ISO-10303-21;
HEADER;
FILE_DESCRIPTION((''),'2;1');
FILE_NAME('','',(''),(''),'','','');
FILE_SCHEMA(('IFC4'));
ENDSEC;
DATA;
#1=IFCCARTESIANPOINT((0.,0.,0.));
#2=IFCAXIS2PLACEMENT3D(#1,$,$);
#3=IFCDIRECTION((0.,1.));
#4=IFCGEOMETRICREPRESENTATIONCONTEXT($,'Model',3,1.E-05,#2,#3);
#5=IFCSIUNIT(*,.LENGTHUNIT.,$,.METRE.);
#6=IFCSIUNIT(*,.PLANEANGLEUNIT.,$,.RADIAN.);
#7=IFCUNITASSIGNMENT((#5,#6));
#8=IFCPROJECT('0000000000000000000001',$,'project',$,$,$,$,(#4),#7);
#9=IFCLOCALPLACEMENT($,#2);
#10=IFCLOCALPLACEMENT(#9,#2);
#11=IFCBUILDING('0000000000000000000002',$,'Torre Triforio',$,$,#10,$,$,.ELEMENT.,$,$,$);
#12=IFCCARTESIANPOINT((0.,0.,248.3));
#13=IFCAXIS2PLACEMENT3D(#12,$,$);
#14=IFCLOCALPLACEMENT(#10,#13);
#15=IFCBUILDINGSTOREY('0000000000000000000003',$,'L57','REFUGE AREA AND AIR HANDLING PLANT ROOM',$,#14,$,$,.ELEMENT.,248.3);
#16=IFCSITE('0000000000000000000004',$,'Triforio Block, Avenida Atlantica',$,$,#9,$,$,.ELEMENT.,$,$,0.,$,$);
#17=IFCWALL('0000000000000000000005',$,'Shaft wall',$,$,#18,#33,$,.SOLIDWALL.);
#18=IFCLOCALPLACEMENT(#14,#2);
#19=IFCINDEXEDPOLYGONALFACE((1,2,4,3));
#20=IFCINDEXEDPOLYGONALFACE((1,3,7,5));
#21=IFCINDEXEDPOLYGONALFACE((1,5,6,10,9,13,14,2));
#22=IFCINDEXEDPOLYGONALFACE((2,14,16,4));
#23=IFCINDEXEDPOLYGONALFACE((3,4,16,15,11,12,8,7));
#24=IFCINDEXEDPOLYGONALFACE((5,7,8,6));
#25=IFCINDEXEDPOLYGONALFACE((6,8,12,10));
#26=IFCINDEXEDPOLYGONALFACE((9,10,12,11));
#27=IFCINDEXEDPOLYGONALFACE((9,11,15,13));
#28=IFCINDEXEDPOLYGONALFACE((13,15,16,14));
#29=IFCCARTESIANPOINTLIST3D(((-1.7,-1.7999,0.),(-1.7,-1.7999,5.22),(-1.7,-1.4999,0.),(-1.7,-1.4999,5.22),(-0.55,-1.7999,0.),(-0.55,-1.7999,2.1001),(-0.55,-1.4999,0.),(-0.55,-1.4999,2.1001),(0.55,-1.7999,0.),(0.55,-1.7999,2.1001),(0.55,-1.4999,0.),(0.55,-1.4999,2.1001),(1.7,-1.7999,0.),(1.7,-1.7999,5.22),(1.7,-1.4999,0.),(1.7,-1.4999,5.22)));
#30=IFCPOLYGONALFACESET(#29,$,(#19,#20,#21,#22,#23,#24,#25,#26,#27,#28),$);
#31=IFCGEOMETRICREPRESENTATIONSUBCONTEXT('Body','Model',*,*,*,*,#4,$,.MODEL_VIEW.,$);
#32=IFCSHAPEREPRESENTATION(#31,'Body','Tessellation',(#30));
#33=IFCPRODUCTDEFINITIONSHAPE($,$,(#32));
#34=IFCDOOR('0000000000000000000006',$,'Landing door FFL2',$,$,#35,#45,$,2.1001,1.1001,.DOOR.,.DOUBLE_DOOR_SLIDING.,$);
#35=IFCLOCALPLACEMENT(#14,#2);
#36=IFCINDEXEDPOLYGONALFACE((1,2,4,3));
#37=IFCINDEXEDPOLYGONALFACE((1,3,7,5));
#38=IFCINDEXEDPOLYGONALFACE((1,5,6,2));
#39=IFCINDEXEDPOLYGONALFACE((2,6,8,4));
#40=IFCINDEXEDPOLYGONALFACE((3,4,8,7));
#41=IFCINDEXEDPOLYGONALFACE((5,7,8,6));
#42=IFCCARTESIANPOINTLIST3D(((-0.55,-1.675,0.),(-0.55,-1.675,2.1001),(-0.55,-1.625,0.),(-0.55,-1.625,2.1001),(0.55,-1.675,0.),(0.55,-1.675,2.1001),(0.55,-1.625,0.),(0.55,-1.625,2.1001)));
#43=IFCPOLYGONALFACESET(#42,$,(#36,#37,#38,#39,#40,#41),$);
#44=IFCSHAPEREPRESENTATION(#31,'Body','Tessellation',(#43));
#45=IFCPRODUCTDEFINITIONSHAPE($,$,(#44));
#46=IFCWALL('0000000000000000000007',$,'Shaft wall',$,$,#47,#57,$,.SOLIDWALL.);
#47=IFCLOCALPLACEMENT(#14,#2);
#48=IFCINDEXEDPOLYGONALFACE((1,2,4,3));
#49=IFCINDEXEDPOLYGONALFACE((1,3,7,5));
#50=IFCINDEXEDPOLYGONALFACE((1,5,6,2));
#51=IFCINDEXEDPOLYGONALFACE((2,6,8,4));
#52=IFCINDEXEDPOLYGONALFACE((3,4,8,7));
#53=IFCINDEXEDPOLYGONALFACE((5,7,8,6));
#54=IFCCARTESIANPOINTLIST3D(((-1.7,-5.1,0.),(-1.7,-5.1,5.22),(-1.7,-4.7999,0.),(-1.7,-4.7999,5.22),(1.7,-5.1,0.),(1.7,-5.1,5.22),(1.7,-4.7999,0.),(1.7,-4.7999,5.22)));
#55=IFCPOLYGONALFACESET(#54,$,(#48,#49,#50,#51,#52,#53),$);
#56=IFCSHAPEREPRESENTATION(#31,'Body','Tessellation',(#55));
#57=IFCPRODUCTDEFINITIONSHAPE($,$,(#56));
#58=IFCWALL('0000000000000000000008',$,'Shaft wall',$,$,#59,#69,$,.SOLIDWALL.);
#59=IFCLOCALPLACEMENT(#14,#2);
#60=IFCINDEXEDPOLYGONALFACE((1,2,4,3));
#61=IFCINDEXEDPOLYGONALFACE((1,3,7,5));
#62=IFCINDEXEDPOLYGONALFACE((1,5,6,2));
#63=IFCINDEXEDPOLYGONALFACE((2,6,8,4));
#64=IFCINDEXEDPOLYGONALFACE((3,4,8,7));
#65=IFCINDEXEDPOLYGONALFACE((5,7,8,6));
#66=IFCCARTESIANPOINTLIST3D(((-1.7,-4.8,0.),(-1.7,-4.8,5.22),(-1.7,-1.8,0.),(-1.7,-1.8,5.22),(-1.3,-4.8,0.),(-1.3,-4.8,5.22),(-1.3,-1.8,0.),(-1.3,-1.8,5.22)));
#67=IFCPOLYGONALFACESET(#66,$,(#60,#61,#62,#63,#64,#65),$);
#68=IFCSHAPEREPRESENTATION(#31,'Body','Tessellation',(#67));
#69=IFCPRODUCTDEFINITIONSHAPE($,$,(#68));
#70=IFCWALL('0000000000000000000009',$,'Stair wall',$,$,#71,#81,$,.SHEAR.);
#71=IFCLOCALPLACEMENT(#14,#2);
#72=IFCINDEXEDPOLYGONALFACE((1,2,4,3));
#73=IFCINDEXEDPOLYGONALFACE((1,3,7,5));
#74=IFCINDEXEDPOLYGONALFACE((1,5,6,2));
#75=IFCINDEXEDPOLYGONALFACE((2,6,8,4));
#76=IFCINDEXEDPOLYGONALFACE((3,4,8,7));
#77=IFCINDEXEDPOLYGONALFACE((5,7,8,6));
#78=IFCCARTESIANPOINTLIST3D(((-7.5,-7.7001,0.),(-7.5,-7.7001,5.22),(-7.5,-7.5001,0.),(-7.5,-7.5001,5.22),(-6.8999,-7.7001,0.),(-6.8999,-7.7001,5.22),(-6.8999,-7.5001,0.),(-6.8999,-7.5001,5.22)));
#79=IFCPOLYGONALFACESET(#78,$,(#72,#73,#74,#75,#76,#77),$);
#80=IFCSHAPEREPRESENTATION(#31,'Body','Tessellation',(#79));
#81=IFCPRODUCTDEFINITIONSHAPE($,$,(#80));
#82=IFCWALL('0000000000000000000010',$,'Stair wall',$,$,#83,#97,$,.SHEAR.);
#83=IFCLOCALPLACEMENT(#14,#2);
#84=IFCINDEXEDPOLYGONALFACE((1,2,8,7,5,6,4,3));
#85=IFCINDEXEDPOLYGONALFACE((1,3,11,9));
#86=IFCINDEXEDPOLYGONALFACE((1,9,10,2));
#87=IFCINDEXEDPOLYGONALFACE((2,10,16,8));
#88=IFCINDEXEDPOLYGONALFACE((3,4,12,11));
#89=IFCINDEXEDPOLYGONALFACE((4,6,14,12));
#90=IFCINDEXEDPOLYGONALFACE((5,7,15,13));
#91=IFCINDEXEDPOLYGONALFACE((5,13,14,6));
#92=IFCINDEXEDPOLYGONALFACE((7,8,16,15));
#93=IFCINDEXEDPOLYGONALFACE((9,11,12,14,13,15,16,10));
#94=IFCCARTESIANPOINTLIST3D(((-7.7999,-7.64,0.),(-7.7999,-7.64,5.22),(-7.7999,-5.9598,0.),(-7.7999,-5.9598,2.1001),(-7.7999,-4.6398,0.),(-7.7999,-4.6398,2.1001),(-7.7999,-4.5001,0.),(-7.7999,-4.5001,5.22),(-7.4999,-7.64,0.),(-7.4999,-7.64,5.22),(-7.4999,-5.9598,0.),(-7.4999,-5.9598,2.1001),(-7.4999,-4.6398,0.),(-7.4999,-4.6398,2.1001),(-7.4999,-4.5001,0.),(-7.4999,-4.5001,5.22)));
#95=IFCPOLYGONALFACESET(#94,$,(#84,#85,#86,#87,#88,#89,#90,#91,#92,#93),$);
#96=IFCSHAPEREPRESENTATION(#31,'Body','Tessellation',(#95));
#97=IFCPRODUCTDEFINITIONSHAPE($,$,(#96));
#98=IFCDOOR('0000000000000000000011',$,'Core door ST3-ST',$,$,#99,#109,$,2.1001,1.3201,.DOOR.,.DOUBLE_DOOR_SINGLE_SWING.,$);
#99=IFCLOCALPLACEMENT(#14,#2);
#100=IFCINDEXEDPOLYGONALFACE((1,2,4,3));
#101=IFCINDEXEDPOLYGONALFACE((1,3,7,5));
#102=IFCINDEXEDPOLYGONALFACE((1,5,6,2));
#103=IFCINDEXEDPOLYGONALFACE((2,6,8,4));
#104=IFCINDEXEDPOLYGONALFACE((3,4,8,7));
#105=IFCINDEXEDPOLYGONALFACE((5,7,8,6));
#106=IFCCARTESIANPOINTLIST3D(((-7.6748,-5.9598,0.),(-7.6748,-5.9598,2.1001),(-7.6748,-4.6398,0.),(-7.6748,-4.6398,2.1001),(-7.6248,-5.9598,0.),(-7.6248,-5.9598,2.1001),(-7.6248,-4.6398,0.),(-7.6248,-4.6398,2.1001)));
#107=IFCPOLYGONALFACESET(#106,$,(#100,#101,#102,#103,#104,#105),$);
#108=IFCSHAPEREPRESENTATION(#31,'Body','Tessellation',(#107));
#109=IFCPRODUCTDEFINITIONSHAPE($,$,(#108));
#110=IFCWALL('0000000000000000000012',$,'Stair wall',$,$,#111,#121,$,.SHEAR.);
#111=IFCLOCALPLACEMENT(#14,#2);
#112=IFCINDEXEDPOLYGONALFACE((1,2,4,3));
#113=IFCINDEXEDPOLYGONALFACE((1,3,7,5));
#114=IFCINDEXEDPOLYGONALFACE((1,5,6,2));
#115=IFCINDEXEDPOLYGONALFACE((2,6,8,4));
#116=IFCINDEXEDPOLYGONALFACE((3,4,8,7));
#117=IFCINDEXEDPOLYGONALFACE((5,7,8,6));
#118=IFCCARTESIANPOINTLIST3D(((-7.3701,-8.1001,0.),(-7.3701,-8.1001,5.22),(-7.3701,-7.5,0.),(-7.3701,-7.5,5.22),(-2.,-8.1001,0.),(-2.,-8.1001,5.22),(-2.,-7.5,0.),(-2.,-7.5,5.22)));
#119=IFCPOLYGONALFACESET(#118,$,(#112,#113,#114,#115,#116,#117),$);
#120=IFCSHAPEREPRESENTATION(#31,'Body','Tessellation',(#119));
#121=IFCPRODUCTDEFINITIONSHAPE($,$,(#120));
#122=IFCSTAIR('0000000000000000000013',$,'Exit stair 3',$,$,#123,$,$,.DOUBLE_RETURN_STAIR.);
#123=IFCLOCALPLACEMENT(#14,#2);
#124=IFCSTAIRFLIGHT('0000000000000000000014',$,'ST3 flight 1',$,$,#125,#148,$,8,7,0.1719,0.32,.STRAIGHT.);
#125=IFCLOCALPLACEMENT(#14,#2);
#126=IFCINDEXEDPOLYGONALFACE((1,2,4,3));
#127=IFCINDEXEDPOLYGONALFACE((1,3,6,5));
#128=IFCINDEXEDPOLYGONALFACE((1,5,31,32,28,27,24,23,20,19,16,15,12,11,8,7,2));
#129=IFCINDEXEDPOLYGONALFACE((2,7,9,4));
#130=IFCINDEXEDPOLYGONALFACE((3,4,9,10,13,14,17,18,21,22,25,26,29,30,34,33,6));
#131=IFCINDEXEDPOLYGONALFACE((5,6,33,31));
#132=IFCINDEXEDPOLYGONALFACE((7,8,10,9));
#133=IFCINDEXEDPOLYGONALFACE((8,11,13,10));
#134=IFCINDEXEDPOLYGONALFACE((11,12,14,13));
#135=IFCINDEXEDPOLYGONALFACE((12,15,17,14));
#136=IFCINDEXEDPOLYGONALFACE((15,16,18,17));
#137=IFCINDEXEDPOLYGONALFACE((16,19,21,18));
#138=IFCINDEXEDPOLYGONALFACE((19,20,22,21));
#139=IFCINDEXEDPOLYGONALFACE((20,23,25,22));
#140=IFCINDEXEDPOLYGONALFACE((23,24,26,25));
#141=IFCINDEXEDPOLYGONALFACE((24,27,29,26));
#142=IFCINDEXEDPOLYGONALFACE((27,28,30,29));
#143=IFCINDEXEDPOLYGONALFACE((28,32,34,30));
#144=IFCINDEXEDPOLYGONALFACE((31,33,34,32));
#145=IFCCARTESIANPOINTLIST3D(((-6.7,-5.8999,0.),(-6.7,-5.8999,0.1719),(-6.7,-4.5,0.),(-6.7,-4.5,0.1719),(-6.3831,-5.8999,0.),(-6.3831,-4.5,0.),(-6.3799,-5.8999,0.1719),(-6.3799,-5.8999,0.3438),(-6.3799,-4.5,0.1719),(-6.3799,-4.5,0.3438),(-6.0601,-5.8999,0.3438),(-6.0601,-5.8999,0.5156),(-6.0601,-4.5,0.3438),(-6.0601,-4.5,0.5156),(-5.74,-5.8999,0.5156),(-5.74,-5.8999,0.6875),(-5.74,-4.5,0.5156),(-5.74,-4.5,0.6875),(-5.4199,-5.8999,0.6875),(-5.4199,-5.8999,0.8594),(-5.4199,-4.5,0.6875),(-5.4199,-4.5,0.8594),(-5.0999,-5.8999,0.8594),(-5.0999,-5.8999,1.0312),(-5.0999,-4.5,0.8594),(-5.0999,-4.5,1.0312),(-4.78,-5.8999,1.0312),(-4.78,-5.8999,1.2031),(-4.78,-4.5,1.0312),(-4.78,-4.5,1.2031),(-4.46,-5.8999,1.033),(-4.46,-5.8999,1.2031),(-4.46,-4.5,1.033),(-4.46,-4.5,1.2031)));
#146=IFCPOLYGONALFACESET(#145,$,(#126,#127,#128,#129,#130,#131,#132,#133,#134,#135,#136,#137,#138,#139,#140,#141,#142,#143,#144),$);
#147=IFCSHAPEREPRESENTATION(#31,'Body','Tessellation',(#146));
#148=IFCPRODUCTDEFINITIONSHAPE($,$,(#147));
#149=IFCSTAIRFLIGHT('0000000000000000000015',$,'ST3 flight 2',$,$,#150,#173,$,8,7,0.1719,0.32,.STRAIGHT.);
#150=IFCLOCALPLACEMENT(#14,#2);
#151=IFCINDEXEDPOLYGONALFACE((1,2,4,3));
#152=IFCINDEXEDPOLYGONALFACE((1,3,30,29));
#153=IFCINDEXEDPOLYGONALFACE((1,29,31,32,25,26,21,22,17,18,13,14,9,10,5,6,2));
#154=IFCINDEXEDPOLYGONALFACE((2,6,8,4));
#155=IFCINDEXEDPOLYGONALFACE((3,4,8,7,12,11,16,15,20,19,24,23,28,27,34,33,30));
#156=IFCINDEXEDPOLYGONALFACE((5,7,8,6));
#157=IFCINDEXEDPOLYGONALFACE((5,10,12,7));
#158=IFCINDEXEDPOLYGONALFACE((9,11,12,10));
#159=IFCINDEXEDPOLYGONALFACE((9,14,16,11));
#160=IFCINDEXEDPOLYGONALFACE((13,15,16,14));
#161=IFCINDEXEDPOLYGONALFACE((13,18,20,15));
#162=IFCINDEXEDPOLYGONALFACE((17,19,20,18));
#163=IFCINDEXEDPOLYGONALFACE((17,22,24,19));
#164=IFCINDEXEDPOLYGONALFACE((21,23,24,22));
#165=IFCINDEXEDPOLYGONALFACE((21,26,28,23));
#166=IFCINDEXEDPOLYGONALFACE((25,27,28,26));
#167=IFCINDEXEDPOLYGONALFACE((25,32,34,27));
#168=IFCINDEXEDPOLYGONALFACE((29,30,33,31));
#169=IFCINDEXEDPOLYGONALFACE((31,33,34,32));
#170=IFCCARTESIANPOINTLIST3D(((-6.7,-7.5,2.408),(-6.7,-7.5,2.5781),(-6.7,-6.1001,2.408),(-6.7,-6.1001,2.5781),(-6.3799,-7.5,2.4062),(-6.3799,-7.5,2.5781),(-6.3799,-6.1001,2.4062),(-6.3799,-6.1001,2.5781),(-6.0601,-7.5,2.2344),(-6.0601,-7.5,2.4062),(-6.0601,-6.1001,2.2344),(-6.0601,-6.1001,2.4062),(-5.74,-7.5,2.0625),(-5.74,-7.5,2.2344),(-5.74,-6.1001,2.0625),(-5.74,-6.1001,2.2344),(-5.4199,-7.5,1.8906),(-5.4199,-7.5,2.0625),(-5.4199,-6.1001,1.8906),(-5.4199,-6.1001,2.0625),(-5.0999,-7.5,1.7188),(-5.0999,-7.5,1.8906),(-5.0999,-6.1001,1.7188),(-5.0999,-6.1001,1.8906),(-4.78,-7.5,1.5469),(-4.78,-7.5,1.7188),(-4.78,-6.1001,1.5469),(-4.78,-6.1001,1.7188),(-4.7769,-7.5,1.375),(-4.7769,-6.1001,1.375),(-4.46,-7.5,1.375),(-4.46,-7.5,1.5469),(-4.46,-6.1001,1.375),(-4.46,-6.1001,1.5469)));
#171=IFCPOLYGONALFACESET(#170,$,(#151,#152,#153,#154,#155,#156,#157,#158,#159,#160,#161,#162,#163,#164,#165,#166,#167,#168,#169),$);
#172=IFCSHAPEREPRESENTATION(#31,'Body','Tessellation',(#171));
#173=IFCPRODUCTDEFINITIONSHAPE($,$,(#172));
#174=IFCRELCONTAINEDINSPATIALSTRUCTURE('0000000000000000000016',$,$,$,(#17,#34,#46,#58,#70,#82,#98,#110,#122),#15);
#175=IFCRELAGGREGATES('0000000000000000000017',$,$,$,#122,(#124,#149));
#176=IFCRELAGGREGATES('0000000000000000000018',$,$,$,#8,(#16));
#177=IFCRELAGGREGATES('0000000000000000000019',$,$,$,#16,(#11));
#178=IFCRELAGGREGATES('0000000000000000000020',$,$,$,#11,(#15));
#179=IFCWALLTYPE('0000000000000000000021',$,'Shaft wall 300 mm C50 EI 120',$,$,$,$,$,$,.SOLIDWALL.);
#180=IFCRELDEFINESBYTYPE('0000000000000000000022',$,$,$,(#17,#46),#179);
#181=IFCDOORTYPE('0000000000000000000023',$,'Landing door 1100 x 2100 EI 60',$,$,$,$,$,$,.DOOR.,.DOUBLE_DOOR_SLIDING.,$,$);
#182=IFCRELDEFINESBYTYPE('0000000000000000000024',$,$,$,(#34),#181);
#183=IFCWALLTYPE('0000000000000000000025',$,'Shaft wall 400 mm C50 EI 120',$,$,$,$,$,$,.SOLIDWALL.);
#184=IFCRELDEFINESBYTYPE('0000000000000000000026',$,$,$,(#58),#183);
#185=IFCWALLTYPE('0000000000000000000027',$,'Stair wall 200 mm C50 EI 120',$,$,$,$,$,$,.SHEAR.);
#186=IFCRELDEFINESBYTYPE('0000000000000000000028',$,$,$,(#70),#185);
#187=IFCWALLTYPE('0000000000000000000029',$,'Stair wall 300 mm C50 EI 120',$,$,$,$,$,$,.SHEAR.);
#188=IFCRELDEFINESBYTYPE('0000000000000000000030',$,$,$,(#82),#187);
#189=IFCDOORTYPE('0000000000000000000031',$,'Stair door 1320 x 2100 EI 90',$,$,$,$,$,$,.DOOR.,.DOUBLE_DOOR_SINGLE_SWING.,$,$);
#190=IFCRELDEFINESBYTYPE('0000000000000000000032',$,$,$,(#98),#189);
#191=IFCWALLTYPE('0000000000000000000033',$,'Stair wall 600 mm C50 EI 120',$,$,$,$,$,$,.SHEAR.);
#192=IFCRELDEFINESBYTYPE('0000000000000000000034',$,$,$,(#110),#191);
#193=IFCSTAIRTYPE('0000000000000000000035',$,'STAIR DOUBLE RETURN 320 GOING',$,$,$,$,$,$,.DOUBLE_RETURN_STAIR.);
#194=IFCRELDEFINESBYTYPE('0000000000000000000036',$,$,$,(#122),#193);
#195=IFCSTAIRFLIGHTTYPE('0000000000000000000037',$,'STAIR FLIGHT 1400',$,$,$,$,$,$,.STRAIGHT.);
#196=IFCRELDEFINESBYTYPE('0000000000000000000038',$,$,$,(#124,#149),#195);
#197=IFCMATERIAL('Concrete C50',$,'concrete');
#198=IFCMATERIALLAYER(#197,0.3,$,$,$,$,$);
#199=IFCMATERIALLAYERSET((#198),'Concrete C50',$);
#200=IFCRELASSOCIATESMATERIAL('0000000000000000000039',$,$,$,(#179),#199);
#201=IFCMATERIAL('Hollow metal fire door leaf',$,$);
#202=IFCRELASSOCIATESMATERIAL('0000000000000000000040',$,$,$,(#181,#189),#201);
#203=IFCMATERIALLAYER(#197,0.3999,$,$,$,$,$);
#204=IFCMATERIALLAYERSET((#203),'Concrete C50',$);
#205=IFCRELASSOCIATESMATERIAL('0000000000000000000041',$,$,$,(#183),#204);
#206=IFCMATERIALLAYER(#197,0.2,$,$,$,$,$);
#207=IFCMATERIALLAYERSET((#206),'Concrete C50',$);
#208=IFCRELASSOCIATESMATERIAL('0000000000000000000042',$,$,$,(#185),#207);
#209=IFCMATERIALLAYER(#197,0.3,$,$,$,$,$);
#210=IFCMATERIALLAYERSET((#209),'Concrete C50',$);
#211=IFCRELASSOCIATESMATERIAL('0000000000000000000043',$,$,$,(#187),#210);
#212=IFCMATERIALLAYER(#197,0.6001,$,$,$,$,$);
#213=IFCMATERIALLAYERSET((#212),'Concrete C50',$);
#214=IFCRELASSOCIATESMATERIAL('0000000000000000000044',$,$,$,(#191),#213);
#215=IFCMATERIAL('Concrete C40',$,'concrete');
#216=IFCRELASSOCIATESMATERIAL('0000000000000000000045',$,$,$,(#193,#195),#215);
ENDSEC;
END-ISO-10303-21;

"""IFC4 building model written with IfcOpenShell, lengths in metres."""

from ifc_helpers import new_model, si_unit, direction, frame, frame_2d, origin, place, context, subcontext, project, spatial, polyline, rectangle, outline, extrude, material, layer, layer_set, type_object, element, fill, aggregate, save


model = new_model("IFC4")

# Units and contexts
model_context = context("Model", 3, precision=1e-05, world=origin(), true_north=direction((0.0, 1.0)))
body_context = subcontext(model_context, "Body", "Model", "MODEL_VIEW")
ifc_project = project(units=[si_unit("LENGTHUNIT", "METRE"), si_unit("PLANEANGLEUNIT", "RADIAN")], contexts=[model_context])

# Site, building, storey
site_placement = place(None, origin())
site = spatial("IfcSite", under=ifc_project, at=site_placement, Name="Triforio Block, Avenida Atlantica", CompositionType="ELEMENT", RefElevation=0.0)
building_placement = place(site_placement, origin())
building = spatial("IfcBuilding", under=site, at=building_placement, Name="Torre Triforio", CompositionType="ELEMENT")
storey_placement = place(building_placement, frame((0.0, 0.0, 248.3)))
storey = spatial("IfcBuildingStorey", under=building, at=storey_placement, Name="L57", Description="REFUGE AREA AND AIR HANDLING PLANT ROOM", CompositionType="ELEMENT", Elevation=248.3)

# Shared definitions
ifc_material_1 = material(Name="Concrete C40", Category="concrete")

# Shared definitions
ifc_material_2 = material(Name="Concrete C50", Category="concrete")
ifc_material_3 = material(Name="Hollow metal fire door leaf")

# Shared definitions
ifc_layer_1 = layer(ifc_material_2, 0.3)
ifc_layer_set_1 = layer_set([ifc_layer_1], Name="Concrete C50")
wall_type_1 = type_object("IfcWallType", Name="Shaft wall 300 mm C50 EI 120", PredefinedType="SOLIDWALL", material=ifc_layer_set_1)

# Wall, opening, door
wall_1_placement = place(storey_placement, frame((-1.7, -1.6499, 0.0), z_axis=(0.0, 0.0, 1.0), x_axis=(1.0, 0.0, 0.0)))
wall_1 = element("IfcWall", 1, at=wall_1_placement, inside=storey, type_object=wall_type_1, Name="Shaft wall", PredefinedType="SOLIDWALL", context=body_context, shape_type="SweptSolid", body=[
    extrude(rectangle(XDim=3.3999, YDim=0.3, at=frame_2d((1.7, 0.0))), origin(), (0.0, 0.0, 1.0), 5.22),
])
opening_1_placement = place(wall_1_placement, frame((1.1499, 0.0, 0.0)))
opening_1 = element("IfcOpeningElement", 2, at=opening_1_placement, cuts=wall_1, PredefinedType="OPENING", context=body_context, shape_type="SweptSolid", body=[
    extrude(rectangle(XDim=1.1001, YDim=2.1001, at=frame_2d((0.55, 1.05))), frame((0.0, 0.1599, 0.0), z_axis=(0.0, -1.0, 0.0), x_axis=(1.0, 0.0, 0.0)), (0.0, 0.0, 1.0), 0.3201),
])
door_type_1 = type_object("IfcDoorType", Name="Landing door 1100 x 2100 EI 60", OperationType="DOUBLE_DOOR_SLIDING", PredefinedType="DOOR", material=ifc_material_3)
door_1_placement = place(opening_1_placement, origin())
door_1 = element("IfcDoor", 3, at=door_1_placement, inside=storey, type_object=door_type_1, Name="Landing door FFL2", OperationType="DOUBLE_DOOR_SLIDING", OverallHeight=2.1001, OverallWidth=1.1001, PredefinedType="DOOR", context=body_context, shape_type="SweptSolid", body=[
    extrude(rectangle(XDim=1.1001, YDim=2.1001, at=frame_2d((0.55, 1.05))), frame((0.0, 0.0249, 0.0), z_axis=(0.0, -1.0, 0.0), x_axis=(1.0, 0.0, 0.0)), (0.0, 0.0, 1.0), 0.05),
])
fill(opening_1, door_1)

# Walls
wall_2_placement = place(storey_placement, frame((-1.7, -4.95, 0.0), z_axis=(0.0, 0.0, 1.0), x_axis=(1.0, 0.0, 0.0)))
element("IfcWall", 4, at=wall_2_placement, inside=storey, type_object=wall_type_1, Name="Shaft wall", PredefinedType="SOLIDWALL", context=body_context, shape_type="SweptSolid", body=[
    extrude(rectangle(XDim=3.3999, YDim=0.3, at=frame_2d((1.7, 0.0))), origin(), (0.0, 0.0, 1.0), 5.22),
])
ifc_layer_2 = layer(ifc_material_2, 0.3999)
ifc_layer_set_2 = layer_set([ifc_layer_2], Name="Concrete C50")
wall_type_2 = type_object("IfcWallType", Name="Shaft wall 400 mm C50 EI 120", PredefinedType="SOLIDWALL", material=ifc_layer_set_2)
wall_3_placement = place(storey_placement, frame((-1.5, -4.8, 0.0), z_axis=(0.0, 0.0, 1.0), x_axis=(0.0, 1.0, 0.0)))
element("IfcWall", 5, at=wall_3_placement, inside=storey, type_object=wall_type_2, Name="Shaft wall", PredefinedType="SOLIDWALL", context=body_context, shape_type="SweptSolid", body=[
    extrude(rectangle(XDim=3.0, YDim=0.3999, at=frame_2d((1.5, 0.0))), origin(), (0.0, 0.0, 1.0), 5.22),
])
ifc_layer_3 = layer(ifc_material_2, 0.2)
ifc_layer_set_3 = layer_set([ifc_layer_3], Name="Concrete C50")
wall_type_3 = type_object("IfcWallType", Name="Stair wall 200 mm C50 EI 120", PredefinedType="SHEAR", material=ifc_layer_set_3)
wall_4_placement = place(storey_placement, frame((-7.5, -7.6001, 0.0), z_axis=(0.0, 0.0, 1.0), x_axis=(1.0, 0.0, 0.0)))
element("IfcWall", 6, at=wall_4_placement, inside=storey, type_object=wall_type_3, Name="Stair wall", PredefinedType="SHEAR", context=body_context, shape_type="SweptSolid", body=[
    extrude(rectangle(XDim=0.6001, YDim=0.2, at=frame_2d((0.3, 0.0))), origin(), (0.0, 0.0, 1.0), 5.22),
])

# Wall, opening, door
ifc_layer_4 = layer(ifc_material_2, 0.3)
ifc_layer_set_4 = layer_set([ifc_layer_4], Name="Concrete C50")
wall_type_4 = type_object("IfcWallType", Name="Stair wall 300 mm C50 EI 120", PredefinedType="SHEAR", material=ifc_layer_set_4)
wall_5_placement = place(storey_placement, frame((-7.6499, -7.6399, 0.0), z_axis=(0.0, 0.0, 1.0), x_axis=(0.0, 1.0, 0.0)))
wall_5 = element("IfcWall", 7, at=wall_5_placement, inside=storey, type_object=wall_type_4, Name="Stair wall", PredefinedType="SHEAR", context=body_context, shape_type="SweptSolid", body=[
    extrude(rectangle(XDim=3.1399, YDim=0.3, at=frame_2d((1.5698, 0.0))), origin(), (0.0, 0.0, 1.0), 5.22),
])
opening_2_placement = place(wall_5_placement, frame((1.6799, 0.0, 0.0)))
opening_2 = element("IfcOpeningElement", 8, at=opening_2_placement, cuts=wall_5, PredefinedType="OPENING", context=body_context, shape_type="SweptSolid", body=[
    extrude(rectangle(XDim=1.3201, YDim=2.1001, at=frame_2d((0.6602, 1.05))), frame((0.0, 0.1599, 0.0), z_axis=(0.0, -1.0, 0.0), x_axis=(1.0, 0.0, 0.0)), (0.0, 0.0, 1.0), 0.3201),
])
door_type_2 = type_object("IfcDoorType", Name="Stair door 1320 x 2100 EI 90", OperationType="DOUBLE_DOOR_SINGLE_SWING", PredefinedType="DOOR", material=ifc_material_3)
door_2_placement = place(opening_2_placement, origin())
door_2 = element("IfcDoor", 9, at=door_2_placement, inside=storey, type_object=door_type_2, Name="Core door ST3-ST", OperationType="DOUBLE_DOOR_SINGLE_SWING", OverallHeight=2.1001, OverallWidth=1.3201, PredefinedType="DOOR", context=body_context, shape_type="SweptSolid", body=[
    extrude(rectangle(XDim=1.3201, YDim=2.1001, at=frame_2d((0.6602, 1.05))), frame((0.0, 0.0249, 0.0), z_axis=(0.0, -1.0, 0.0), x_axis=(1.0, 0.0, 0.0)), (0.0, 0.0, 1.0), 0.05),
])
fill(opening_2, door_2)

# Wall
ifc_layer_5 = layer(ifc_material_2, 0.6001)
ifc_layer_set_5 = layer_set([ifc_layer_5], Name="Concrete C50")
wall_type_5 = type_object("IfcWallType", Name="Stair wall 600 mm C50 EI 120", PredefinedType="SHEAR", material=ifc_layer_set_5)
wall_6_placement = place(storey_placement, frame((-7.3701, -7.8, 0.0), z_axis=(0.0, 0.0, 1.0), x_axis=(1.0, 0.0, 0.0)))
element("IfcWall", 10, at=wall_6_placement, inside=storey, type_object=wall_type_5, Name="Stair wall", PredefinedType="SHEAR", context=body_context, shape_type="SweptSolid", body=[
    extrude(rectangle(XDim=5.3701, YDim=0.6001, at=frame_2d((2.6851, 0.0))), origin(), (0.0, 0.0, 1.0), 5.22),
])

# Stair, stair flights
stair_type = type_object("IfcStairType", Name="STAIR DOUBLE RETURN 320 GOING", PredefinedType="DOUBLE_RETURN_STAIR", material=ifc_material_1)
stair_placement = place(storey_placement, origin())
stair = element("IfcStair", 11, at=stair_placement, inside=storey, type_object=stair_type, Name="Exit stair 3", PredefinedType="DOUBLE_RETURN_STAIR")
stair_flight_type = type_object("IfcStairFlightType", Name="STAIR FLIGHT 1400", PredefinedType="STRAIGHT", material=ifc_material_1)
stair_flight_1_placement = place(storey_placement, frame((-6.7, -5.2, 0.0), z_axis=(0.0, 0.0, 1.0), x_axis=(1.0, 0.0, 0.0)))
stair_flight_1 = element("IfcStairFlight", 12, at=stair_flight_1_placement, type_object=stair_flight_type, Name="ST3 flight 1", NumberOfRisers=8, NumberOfTreads=7, PredefinedType="STRAIGHT", RiserHeight=0.1719, TreadLength=0.32, context=body_context, shape_type="SweptSolid", body=[
    extrude(outline(polyline([(0.0, 0.0), (0.0, 0.1719), (0.3201, 0.1719), (0.3201, 0.3438), (0.6399, 0.3438), (0.6399, 0.5156), (0.96, 0.5156), (0.96, 0.6875), (1.28, 0.6875), (1.28, 0.8594), (1.6001, 0.8594), (1.6001, 1.0312), (1.9199, 1.0312), (1.9199, 1.2031), (2.24, 1.2031), (2.24, 1.375), (2.24, 1.033), (0.3169, 0.0), (0.0, 0.0)])), frame((0.0, 0.7, 0.0), z_axis=(0.0, -1.0, 0.0), x_axis=(1.0, 0.0, 0.0)), (0.0, 0.0, 1.0), 1.3999),
])
stair_flight_2_placement = place(storey_placement, frame((-4.46, -6.8, 1.375), z_axis=(0.0, 0.0, 1.0), x_axis=(-1.0, 0.0, 0.0)))
stair_flight_2 = element("IfcStairFlight", 13, at=stair_flight_2_placement, type_object=stair_flight_type, Name="ST3 flight 2", NumberOfRisers=8, NumberOfTreads=7, PredefinedType="STRAIGHT", RiserHeight=0.1719, TreadLength=0.32, context=body_context, shape_type="SweptSolid", body=[
    extrude(outline(polyline([(0.0, 0.0), (0.0, 0.1719), (0.3201, 0.1719), (0.3201, 0.3438), (0.6399, 0.3438), (0.6399, 0.5156), (0.96, 0.5156), (0.96, 0.6875), (1.28, 0.6875), (1.28, 0.8594), (1.6001, 0.8594), (1.6001, 1.0312), (1.9199, 1.0312), (1.9199, 1.2031), (2.24, 1.2031), (2.24, 1.375), (2.24, 1.033), (0.3169, 0.0), (0.0, 0.0)])), frame((0.0, 0.7, 0.0), z_axis=(0.0, -1.0, 0.0), x_axis=(1.0, 0.0, 0.0)), (0.0, 0.0, 1.0), 1.3999),
])
aggregate(stair, [stair_flight_1, stair_flight_2])

save(model, "model.ifc")
